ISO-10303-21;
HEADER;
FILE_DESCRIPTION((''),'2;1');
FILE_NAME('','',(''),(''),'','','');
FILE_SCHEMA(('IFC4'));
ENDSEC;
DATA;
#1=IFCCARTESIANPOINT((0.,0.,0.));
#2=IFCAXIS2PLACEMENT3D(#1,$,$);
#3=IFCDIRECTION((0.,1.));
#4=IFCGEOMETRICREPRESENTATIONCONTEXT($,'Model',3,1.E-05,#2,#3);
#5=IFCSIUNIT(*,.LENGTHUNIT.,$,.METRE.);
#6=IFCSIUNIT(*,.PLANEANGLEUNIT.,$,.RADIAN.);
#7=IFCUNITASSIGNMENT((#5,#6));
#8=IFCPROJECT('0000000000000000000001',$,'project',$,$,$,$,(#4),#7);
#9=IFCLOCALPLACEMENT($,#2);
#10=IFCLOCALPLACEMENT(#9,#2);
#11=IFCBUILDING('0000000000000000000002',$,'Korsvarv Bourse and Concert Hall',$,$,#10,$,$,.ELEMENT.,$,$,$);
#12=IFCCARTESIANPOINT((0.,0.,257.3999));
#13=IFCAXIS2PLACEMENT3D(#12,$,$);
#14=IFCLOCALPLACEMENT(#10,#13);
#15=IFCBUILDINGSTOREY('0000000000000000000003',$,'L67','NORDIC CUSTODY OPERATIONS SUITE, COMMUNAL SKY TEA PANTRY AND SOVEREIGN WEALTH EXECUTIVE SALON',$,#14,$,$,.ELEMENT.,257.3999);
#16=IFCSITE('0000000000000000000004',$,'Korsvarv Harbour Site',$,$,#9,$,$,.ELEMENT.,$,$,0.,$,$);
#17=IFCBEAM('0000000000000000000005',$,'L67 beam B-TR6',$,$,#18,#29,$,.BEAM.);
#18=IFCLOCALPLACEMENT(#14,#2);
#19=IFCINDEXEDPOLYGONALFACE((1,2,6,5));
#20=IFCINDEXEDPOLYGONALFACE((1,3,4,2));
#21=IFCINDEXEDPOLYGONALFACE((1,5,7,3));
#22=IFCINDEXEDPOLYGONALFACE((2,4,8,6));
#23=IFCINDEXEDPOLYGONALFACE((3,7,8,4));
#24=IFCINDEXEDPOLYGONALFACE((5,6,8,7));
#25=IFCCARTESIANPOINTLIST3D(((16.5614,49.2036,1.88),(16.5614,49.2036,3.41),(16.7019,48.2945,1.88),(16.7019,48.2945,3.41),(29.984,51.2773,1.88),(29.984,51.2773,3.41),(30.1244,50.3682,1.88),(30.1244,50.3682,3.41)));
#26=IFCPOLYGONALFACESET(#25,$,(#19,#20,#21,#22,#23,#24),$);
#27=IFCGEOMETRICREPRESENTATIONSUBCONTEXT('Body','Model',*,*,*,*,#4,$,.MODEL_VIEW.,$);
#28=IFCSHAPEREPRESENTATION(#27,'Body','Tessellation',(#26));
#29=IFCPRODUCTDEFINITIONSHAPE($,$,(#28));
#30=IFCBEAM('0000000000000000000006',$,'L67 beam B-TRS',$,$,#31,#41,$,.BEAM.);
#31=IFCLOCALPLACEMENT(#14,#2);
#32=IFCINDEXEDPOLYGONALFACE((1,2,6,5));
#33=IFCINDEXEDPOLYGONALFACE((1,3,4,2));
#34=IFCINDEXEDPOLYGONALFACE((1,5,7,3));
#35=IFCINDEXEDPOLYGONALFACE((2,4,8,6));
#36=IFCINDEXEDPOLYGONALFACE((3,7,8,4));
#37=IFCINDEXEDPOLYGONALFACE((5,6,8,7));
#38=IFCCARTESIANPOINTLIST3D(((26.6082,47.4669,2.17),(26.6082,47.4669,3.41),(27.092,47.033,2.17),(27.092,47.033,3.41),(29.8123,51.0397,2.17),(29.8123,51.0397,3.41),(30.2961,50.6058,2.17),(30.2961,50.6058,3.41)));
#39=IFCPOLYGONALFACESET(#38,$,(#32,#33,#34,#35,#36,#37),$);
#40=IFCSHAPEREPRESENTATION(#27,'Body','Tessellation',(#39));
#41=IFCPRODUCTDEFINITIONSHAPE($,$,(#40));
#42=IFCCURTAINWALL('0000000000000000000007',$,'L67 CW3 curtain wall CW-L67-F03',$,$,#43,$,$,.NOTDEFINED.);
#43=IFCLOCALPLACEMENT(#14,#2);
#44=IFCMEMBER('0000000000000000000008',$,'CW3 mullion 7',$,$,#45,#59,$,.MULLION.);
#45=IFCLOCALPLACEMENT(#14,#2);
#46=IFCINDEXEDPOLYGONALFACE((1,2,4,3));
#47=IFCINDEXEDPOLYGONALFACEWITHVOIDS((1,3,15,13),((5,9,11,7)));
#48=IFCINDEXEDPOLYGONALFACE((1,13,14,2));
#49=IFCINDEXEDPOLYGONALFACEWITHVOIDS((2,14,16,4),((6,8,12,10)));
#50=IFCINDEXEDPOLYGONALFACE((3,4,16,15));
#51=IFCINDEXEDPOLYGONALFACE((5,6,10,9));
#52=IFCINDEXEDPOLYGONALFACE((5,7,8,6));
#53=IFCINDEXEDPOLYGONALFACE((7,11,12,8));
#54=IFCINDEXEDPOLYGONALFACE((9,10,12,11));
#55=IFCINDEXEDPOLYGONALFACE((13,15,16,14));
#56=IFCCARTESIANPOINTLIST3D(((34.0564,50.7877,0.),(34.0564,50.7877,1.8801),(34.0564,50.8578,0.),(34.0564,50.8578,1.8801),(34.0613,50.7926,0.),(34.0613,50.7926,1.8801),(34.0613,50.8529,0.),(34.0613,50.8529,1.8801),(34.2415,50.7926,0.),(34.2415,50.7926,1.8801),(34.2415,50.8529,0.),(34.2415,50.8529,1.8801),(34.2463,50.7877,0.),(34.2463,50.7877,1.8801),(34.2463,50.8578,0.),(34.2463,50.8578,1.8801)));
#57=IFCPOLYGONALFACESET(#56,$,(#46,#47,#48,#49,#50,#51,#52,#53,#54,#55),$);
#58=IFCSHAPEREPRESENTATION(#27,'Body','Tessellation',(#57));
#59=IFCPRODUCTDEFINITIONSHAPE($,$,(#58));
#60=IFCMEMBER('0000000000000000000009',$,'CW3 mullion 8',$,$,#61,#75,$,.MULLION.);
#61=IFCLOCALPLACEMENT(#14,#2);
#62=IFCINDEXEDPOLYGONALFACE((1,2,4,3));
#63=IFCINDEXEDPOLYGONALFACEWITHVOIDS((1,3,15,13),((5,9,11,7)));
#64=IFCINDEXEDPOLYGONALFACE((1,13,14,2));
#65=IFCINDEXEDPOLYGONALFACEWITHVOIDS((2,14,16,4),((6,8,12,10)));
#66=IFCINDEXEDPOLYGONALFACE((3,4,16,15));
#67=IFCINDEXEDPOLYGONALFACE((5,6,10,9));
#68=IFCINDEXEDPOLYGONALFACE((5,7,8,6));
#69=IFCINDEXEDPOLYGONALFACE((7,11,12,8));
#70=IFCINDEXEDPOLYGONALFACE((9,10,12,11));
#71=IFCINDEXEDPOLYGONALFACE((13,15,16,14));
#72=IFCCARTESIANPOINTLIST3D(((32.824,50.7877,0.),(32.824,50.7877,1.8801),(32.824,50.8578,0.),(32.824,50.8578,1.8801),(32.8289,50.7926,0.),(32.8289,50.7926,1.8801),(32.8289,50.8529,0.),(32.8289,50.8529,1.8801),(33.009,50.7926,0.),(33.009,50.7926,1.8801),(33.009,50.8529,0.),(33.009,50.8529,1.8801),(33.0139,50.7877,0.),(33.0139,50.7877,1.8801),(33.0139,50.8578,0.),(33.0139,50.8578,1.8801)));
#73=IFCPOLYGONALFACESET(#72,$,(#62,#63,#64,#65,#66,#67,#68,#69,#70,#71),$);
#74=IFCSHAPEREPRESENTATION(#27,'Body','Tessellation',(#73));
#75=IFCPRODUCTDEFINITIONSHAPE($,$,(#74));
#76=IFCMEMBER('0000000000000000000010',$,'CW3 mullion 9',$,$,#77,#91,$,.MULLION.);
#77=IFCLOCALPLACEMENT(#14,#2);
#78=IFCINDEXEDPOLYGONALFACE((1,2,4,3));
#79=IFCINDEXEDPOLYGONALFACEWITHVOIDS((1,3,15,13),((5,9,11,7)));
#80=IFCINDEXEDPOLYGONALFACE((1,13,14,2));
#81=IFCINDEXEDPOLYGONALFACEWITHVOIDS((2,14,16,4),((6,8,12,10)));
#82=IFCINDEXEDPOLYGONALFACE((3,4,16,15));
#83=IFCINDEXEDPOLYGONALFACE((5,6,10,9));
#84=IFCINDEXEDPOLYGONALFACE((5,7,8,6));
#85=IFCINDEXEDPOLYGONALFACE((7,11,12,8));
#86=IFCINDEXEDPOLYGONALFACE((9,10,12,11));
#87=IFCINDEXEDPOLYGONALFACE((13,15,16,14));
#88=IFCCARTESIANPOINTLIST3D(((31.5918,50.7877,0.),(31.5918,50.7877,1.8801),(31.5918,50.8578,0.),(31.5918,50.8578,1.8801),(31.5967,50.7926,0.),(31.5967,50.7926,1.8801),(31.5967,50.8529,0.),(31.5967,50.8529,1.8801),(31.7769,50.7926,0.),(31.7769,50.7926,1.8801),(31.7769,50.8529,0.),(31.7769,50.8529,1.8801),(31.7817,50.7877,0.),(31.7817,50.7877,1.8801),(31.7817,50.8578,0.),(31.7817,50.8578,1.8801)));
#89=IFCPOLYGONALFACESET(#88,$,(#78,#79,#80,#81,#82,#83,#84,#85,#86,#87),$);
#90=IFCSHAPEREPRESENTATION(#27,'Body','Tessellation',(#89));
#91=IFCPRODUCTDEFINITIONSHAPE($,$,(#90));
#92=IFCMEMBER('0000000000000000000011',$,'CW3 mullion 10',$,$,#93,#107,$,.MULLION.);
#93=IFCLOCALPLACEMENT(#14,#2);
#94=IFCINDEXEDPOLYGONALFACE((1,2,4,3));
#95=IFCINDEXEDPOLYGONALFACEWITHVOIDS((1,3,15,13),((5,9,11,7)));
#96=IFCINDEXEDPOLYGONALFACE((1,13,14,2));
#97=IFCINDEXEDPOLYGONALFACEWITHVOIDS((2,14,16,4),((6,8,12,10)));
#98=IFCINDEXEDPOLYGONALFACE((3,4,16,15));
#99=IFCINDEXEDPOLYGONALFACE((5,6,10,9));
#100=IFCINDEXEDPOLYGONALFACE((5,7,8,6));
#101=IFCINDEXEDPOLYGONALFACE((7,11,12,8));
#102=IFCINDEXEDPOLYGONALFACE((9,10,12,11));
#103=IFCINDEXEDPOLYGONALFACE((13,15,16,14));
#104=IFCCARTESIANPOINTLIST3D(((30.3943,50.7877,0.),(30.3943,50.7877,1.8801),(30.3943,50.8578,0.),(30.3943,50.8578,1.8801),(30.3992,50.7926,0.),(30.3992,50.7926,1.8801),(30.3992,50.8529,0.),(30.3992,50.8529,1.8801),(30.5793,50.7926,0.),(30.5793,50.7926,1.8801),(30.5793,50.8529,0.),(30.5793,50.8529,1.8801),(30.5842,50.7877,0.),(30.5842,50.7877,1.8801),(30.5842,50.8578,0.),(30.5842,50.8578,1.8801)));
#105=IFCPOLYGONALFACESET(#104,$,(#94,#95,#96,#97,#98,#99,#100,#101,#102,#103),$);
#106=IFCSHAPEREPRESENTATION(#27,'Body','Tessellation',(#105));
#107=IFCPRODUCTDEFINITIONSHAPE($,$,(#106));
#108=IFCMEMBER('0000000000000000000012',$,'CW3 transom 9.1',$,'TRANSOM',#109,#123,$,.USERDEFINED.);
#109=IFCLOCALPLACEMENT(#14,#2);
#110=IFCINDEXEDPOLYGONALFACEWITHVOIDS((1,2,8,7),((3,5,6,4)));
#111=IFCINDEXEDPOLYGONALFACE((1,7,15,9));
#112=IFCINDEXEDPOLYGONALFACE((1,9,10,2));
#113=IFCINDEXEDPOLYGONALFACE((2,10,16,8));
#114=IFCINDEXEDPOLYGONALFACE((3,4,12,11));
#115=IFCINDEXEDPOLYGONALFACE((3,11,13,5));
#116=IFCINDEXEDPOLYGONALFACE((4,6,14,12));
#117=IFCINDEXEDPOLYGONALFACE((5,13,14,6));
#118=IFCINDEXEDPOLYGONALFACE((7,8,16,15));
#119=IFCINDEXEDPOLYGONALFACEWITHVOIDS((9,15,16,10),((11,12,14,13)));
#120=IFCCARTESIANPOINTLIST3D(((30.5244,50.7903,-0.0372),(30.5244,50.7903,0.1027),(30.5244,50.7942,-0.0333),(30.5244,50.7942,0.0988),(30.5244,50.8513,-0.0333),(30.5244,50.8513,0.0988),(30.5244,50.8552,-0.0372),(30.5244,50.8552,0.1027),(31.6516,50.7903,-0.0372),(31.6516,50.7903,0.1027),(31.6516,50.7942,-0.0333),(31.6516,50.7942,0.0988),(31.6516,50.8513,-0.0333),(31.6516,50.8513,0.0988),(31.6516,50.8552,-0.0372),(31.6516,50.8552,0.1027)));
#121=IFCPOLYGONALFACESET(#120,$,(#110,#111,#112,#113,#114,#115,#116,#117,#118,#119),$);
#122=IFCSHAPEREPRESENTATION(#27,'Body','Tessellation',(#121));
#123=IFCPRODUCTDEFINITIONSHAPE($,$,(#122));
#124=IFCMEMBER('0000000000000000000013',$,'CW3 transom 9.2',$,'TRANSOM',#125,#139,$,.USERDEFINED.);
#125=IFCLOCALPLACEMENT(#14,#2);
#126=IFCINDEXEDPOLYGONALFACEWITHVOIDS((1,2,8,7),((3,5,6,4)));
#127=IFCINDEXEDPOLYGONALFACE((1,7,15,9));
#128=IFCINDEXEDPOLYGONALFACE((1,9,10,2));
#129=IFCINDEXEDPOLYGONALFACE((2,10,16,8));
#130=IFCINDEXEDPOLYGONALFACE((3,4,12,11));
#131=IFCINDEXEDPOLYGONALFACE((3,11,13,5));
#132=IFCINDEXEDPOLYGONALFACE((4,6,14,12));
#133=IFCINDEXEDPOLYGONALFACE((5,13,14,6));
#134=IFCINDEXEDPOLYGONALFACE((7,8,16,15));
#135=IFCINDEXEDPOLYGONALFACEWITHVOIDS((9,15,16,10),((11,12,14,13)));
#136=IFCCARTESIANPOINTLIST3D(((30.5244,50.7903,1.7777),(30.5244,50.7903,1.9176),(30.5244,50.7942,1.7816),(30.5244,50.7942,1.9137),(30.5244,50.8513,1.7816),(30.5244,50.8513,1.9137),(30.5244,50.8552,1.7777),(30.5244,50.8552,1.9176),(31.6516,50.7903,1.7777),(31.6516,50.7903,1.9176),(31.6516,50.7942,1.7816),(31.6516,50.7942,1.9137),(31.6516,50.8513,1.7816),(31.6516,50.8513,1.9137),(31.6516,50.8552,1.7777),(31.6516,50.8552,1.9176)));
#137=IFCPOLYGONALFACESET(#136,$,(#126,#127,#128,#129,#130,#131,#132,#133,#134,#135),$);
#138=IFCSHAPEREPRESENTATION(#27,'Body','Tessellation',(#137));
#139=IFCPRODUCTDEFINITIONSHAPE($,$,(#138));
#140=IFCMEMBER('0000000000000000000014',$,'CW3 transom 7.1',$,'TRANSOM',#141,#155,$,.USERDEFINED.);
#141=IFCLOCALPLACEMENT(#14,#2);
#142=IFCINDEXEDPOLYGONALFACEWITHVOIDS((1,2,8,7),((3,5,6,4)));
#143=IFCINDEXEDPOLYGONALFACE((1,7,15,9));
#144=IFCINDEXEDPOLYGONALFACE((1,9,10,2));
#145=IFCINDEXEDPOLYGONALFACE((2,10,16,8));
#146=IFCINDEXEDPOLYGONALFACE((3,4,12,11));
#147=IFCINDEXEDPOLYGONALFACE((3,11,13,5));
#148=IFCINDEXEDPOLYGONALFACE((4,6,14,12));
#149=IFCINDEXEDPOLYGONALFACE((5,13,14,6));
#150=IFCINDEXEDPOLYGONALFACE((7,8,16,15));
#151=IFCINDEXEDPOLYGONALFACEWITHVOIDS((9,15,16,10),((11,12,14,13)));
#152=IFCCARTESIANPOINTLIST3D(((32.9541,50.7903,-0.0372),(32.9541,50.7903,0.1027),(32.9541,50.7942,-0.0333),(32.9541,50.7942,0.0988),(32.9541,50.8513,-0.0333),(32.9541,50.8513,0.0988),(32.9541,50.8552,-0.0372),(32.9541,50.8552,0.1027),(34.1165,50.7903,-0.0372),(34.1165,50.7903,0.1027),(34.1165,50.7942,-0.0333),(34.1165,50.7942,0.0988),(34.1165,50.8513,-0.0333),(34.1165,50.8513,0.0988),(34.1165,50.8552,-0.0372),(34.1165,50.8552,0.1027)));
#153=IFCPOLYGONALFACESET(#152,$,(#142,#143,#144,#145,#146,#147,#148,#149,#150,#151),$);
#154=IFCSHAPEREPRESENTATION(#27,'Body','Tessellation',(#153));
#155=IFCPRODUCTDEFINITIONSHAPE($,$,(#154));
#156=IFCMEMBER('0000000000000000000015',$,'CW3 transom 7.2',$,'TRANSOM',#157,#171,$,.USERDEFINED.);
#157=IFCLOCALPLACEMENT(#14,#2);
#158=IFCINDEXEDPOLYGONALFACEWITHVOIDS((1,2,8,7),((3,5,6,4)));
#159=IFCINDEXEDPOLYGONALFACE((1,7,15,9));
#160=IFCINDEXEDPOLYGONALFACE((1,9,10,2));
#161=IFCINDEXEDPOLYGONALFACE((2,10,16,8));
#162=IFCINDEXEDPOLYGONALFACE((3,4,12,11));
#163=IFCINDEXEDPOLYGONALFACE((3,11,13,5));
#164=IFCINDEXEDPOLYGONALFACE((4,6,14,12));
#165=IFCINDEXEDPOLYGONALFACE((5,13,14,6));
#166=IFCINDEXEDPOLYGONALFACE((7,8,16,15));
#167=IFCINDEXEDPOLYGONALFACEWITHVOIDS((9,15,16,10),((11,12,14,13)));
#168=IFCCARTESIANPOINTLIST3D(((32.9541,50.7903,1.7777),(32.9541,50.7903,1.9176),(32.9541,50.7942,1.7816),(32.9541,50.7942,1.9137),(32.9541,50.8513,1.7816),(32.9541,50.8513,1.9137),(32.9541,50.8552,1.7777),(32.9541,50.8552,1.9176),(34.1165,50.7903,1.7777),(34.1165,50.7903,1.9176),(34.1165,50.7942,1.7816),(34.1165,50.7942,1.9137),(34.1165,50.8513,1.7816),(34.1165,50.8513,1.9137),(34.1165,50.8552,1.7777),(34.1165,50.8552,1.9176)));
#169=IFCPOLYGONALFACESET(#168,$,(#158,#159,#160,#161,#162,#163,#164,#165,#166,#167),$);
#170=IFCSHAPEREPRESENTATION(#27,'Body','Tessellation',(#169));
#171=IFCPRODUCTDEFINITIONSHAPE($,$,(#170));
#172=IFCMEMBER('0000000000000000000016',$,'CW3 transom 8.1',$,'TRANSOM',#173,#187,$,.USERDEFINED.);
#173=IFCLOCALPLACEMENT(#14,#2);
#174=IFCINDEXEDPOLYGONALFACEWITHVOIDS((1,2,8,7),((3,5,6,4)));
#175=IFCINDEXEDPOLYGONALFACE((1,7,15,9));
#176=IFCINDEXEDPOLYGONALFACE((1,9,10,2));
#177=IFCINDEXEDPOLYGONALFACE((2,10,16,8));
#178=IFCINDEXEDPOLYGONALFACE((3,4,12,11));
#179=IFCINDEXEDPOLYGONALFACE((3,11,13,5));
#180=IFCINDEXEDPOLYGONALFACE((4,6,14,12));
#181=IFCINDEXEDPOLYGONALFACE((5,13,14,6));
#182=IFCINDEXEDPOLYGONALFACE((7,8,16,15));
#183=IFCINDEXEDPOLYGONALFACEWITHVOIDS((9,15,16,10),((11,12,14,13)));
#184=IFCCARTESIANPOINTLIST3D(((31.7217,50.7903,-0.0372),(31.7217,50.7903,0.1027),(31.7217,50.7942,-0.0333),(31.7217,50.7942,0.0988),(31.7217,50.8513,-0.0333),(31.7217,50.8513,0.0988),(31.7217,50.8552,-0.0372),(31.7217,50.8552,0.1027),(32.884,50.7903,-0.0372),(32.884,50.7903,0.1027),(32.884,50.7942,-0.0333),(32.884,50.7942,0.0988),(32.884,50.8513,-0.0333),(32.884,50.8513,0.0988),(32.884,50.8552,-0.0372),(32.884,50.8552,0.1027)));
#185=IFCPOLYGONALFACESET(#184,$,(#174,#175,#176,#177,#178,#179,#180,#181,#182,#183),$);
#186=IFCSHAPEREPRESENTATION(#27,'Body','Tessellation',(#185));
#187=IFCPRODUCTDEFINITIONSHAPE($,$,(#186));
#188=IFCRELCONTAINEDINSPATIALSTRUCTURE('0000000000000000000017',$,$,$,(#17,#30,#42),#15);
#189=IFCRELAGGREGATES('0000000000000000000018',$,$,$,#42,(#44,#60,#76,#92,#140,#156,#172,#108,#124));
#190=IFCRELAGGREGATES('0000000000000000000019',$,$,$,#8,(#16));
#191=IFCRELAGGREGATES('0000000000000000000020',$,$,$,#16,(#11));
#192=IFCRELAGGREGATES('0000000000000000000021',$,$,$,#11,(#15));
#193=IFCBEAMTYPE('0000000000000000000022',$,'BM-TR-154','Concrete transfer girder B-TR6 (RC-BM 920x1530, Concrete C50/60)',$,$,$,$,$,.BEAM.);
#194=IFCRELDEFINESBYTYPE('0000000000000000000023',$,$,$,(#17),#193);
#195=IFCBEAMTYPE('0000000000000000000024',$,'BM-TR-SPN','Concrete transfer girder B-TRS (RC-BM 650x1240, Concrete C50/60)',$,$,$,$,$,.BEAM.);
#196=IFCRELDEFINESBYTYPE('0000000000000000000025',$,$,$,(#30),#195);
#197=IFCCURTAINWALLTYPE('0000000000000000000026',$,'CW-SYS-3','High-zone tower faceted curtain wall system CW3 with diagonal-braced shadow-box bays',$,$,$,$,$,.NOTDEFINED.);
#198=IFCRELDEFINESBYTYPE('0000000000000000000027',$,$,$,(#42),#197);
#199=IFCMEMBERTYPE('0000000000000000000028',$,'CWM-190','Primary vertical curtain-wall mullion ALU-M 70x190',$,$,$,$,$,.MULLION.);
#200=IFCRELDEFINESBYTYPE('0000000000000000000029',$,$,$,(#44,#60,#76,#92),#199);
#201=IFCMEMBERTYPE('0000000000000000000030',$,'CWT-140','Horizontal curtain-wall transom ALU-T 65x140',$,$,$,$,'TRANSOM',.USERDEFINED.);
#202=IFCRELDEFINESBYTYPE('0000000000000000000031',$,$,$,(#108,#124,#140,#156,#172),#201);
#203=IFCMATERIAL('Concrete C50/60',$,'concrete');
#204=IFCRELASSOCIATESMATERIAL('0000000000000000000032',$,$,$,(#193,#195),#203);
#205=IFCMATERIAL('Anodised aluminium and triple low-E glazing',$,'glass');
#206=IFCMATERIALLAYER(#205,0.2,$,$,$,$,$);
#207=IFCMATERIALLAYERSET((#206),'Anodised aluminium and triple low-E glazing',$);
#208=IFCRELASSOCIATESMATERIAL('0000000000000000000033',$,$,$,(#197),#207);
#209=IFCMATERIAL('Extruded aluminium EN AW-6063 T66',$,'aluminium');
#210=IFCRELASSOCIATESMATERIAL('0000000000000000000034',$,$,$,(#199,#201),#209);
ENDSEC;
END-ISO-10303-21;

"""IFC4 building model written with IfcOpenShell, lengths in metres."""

from ifc_helpers import new_model, si_unit, direction, frame, origin, origin_2d, place, context, subcontext, project, spatial, rectangle, hollow_rectangle, extrude, source, transform, mapped, material, layer, layer_set, material_profile, profile_set, type_object, element, aggregate, save


model = new_model("IFC4")

# Units and contexts
model_context = context("Model", 3, precision=1e-05, world=origin(), true_north=direction((0.0, 1.0)))
body_context = subcontext(model_context, "Body", "Model", "MODEL_VIEW")
ifc_project = project(units=[si_unit("LENGTHUNIT", "METRE"), si_unit("PLANEANGLEUNIT", "RADIAN")], contexts=[model_context])

# Site, building, storey
site_placement = place(None, origin())
site = spatial("IfcSite", under=ifc_project, at=site_placement, Name="Korsvarv Harbour Site", CompositionType="ELEMENT", RefElevation=0.0)
building_placement = place(site_placement, origin())
building = spatial("IfcBuilding", under=site, at=building_placement, Name="Korsvarv Bourse and Concert Hall", CompositionType="ELEMENT")
storey_placement = place(building_placement, frame((0.0, 0.0, 257.3999)))
storey = spatial("IfcBuildingStorey", under=building, at=storey_placement, Name="L67", Description="NORDIC CUSTODY OPERATIONS SUITE, COMMUNAL SKY TEA PANTRY AND SOVEREIGN WEALTH EXECUTIVE SALON", CompositionType="ELEMENT", Elevation=257.3999)

# Beams
ifc_material_1 = material(Name="Concrete C50/60", Category="concrete")
ifc_material_profile_1 = material_profile(ifc_material_1, rectangle(XDim=0.9199, YDim=1.53, at=origin_2d()), Name="RC-BM 920x1530")
ifc_profile_set_1 = profile_set([ifc_material_profile_1], Name="Concrete C50/60")
beam_type_1 = type_object("IfcBeamType", Name="BM-TR-154", Description="Concrete transfer girder B-TR6 (RC-BM 920x1530, Concrete C50/60)", PredefinedType="BEAM", material=ifc_profile_set_1)
shared_shape_1 = source(origin(), body_context, "Body", "SweptSolid", [
    extrude(rectangle(XDim=0.9199, YDim=1.53, at=origin_2d()), origin(), (0.0, 0.0, 1.0), 13.5818),
])
beam_1_placement = place(storey_placement, frame((30.0542, 50.8228, 2.645), z_axis=(-0.988275, -0.152684, 0.0), x_axis=(0.152684, -0.988275, 0.0)))
element("IfcBeam", 1, at=beam_1_placement, inside=storey, type_object=beam_type_1, Name="L67 beam B-TR6", PredefinedType="BEAM", context=body_context, shape_type="MappedRepresentation", body=[
    mapped(shared_shape_1, transform((0.0, 0.0, 0.0), scale=1.0)),
])
ifc_material_profile_2 = material_profile(ifc_material_1, rectangle(XDim=0.6499, YDim=1.24, at=origin_2d()), Name="RC-BM 650x1240")
ifc_profile_set_2 = profile_set([ifc_material_profile_2], Name="Concrete C50/60")
beam_type_2 = type_object("IfcBeamType", Name="BM-TR-SPN", Description="Concrete transfer girder B-TRS (RC-BM 650x1240, Concrete C50/60)", PredefinedType="BEAM", material=ifc_profile_set_2)
shared_shape_2 = source(origin(), body_context, "Body", "SweptSolid", [
    extrude(rectangle(XDim=0.6499, YDim=1.24, at=origin_2d()), origin(), (0.0, 0.0, 1.0), 4.7991),
])
beam_2_placement = place(storey_placement, frame((30.0542, 50.8228, 2.79), z_axis=(-0.667654, -0.744472, 0.0), x_axis=(0.744472, -0.667654, 0.0)))
element("IfcBeam", 2, at=beam_2_placement, inside=storey, type_object=beam_type_2, Name="L67 beam B-TRS", PredefinedType="BEAM", context=body_context, shape_type="MappedRepresentation", body=[
    mapped(shared_shape_2, transform((0.0, 0.0, 0.0), scale=1.0)),
])

# Curtain wall, members
ifc_material_2 = material(Name="Anodised aluminium and triple low-E glazing", Category="glass")
ifc_layer_1 = layer(ifc_material_2, 0.2)
ifc_layer_set_1 = layer_set([ifc_layer_1], Name="Anodised aluminium and triple low-E glazing")
curtain_wall_type = type_object("IfcCurtainWallType", Name="CW-SYS-3", Description="High-zone tower faceted curtain wall system CW3 with diagonal-braced shadow-box bays", PredefinedType="NOTDEFINED", material=ifc_layer_set_1)
curtain_wall_placement = place(storey_placement, origin())
curtain_wall = element("IfcCurtainWall", 3, at=curtain_wall_placement, inside=storey, type_object=curtain_wall_type, Name="L67 CW3 curtain wall CW-L67-F03", PredefinedType="NOTDEFINED")
ifc_material_3 = material(Name="Extruded aluminium EN AW-6063 T66", Category="aluminium")
ifc_material_profile_3 = material_profile(ifc_material_3, hollow_rectangle(XDim=0.0701, YDim=0.1899, WallThickness=0.0049, at=origin_2d()), Name="ALU-M 70x190")
ifc_profile_set_3 = profile_set([ifc_material_profile_3], Name="Extruded aluminium EN AW-6063 T66")
member_type_1 = type_object("IfcMemberType", Name="CWM-190", Description="Primary vertical curtain-wall mullion ALU-M 70x190", PredefinedType="MULLION", material=ifc_profile_set_3)
shared_shape_3 = source(origin(), body_context, "Body", "SweptSolid", [
    extrude(hollow_rectangle(XDim=0.0701, YDim=0.1899, WallThickness=0.0049, at=origin_2d()), origin(), (0.0, 0.0, 1.0), 1.8801),
])
member_1_placement = place(storey_placement, frame((34.1514, 50.8228, 0.0), z_axis=(0.0, 0.0, 1.0), x_axis=(0.0, -1.0, 0.0)))
member_1 = element("IfcMember", 4, at=member_1_placement, type_object=member_type_1, Name="CW3 mullion 7", PredefinedType="MULLION", context=body_context, shape_type="MappedRepresentation", body=[
    mapped(shared_shape_3, transform((0.0, 0.0, 0.0), scale=1.0)),
])
member_2_placement = place(storey_placement, frame((32.9189, 50.8228, 0.0), z_axis=(0.0, 0.0, 1.0), x_axis=(0.0, -1.0, 0.0)))
member_2 = element("IfcMember", 5, at=member_2_placement, type_object=member_type_1, Name="CW3 mullion 8", PredefinedType="MULLION", context=body_context, shape_type="MappedRepresentation", body=[
    mapped(shared_shape_3, transform((0.0, 0.0, 0.0), scale=1.0)),
])
member_3_placement = place(storey_placement, frame((31.6868, 50.8228, 0.0), z_axis=(0.0, 0.0, 1.0), x_axis=(0.0, -1.0, 0.0)))
member_3 = element("IfcMember", 6, at=member_3_placement, type_object=member_type_1, Name="CW3 mullion 9", PredefinedType="MULLION", context=body_context, shape_type="MappedRepresentation", body=[
    mapped(shared_shape_3, transform((0.0, 0.0, 0.0), scale=1.0)),
])
member_4_placement = place(storey_placement, frame((30.4893, 50.8228, 0.0), z_axis=(0.0, 0.0, 1.0), x_axis=(0.0, -1.0, 0.0)))
member_4 = element("IfcMember", 7, at=member_4_placement, type_object=member_type_1, Name="CW3 mullion 10", PredefinedType="MULLION", context=body_context, shape_type="MappedRepresentation", body=[
    mapped(shared_shape_3, transform((0.0, 0.0, 0.0), scale=1.0)),
])
ifc_material_profile_4 = material_profile(ifc_material_3, hollow_rectangle(XDim=0.0649, YDim=0.1399, WallThickness=0.0039, at=origin_2d()), Name="ALU-T 65x140")
ifc_profile_set_4 = profile_set([ifc_material_profile_4], Name="Extruded aluminium EN AW-6063 T66")
member_type_2 = type_object("IfcMemberType", Name="CWT-140", Description="Horizontal curtain-wall transom ALU-T 65x140", ElementType="TRANSOM", PredefinedType="USERDEFINED", material=ifc_profile_set_4)
shared_shape_4 = source(origin(), body_context, "Body", "SweptSolid", [
    extrude(hollow_rectangle(XDim=0.0649, YDim=0.1399, WallThickness=0.0039, at=origin_2d()), origin(), (0.0, 0.0, 1.0), 1.1272),
])
member_5_placement = place(storey_placement, frame((31.6516, 50.8228, 0.0327), z_axis=(-1.0, 0.0, 0.0), x_axis=(0.0, -1.0, 0.0)))
member_5 = element("IfcMember", 8, at=member_5_placement, type_object=member_type_2, Name="CW3 transom 9.1", ObjectType="TRANSOM", PredefinedType="USERDEFINED", context=body_context, shape_type="MappedRepresentation", body=[
    mapped(shared_shape_4, transform((0.0, 0.0, 0.0), scale=1.0)),
])
member_6_placement = place(storey_placement, frame((31.6516, 50.8228, 1.8477), z_axis=(-1.0, 0.0, 0.0), x_axis=(0.0, -1.0, 0.0)))
member_6 = element("IfcMember", 9, at=member_6_placement, type_object=member_type_2, Name="CW3 transom 9.2", ObjectType="TRANSOM", PredefinedType="USERDEFINED", context=body_context, shape_type="MappedRepresentation", body=[
    mapped(shared_shape_4, transform((0.0, 0.0, 0.0), scale=1.0)),
])
shared_shape_5 = source(origin(), body_context, "Body", "SweptSolid", [
    extrude(hollow_rectangle(XDim=0.0649, YDim=0.1399, WallThickness=0.0039, at=origin_2d()), origin(), (0.0, 0.0, 1.0), 1.1624),
])
member_7_placement = place(storey_placement, frame((34.1165, 50.8228, 0.0327), z_axis=(-1.0, 0.0, 0.0), x_axis=(0.0, -1.0, 0.0)))
member_7 = element("IfcMember", 10, at=member_7_placement, type_object=member_type_2, Name="CW3 transom 7.1", ObjectType="TRANSOM", PredefinedType="USERDEFINED", context=body_context, shape_type="MappedRepresentation", body=[
    mapped(shared_shape_5, transform((0.0, 0.0, 0.0), scale=1.0)),
])
member_8_placement = place(storey_placement, frame((34.1165, 50.8228, 1.8477), z_axis=(-1.0, 0.0, 0.0), x_axis=(0.0, -1.0, 0.0)))
member_8 = element("IfcMember", 11, at=member_8_placement, type_object=member_type_2, Name="CW3 transom 7.2", ObjectType="TRANSOM", PredefinedType="USERDEFINED", context=body_context, shape_type="MappedRepresentation", body=[
    mapped(shared_shape_5, transform((0.0, 0.0, 0.0), scale=1.0)),
])
member_9_placement = place(storey_placement, frame((32.884, 50.8228, 0.0327), z_axis=(-1.0, 0.0, 0.0), x_axis=(0.0, -1.0, 0.0)))
member_9 = element("IfcMember", 12, at=member_9_placement, type_object=member_type_2, Name="CW3 transom 8.1", ObjectType="TRANSOM", PredefinedType="USERDEFINED", context=body_context, shape_type="MappedRepresentation", body=[
    mapped(shared_shape_5, transform((0.0, 0.0, 0.0), scale=1.0)),
])
aggregate(curtain_wall, [member_1, member_2, member_3, member_4, member_7, member_8, member_9, member_5, member_6])

save(model, "model.ifc")
